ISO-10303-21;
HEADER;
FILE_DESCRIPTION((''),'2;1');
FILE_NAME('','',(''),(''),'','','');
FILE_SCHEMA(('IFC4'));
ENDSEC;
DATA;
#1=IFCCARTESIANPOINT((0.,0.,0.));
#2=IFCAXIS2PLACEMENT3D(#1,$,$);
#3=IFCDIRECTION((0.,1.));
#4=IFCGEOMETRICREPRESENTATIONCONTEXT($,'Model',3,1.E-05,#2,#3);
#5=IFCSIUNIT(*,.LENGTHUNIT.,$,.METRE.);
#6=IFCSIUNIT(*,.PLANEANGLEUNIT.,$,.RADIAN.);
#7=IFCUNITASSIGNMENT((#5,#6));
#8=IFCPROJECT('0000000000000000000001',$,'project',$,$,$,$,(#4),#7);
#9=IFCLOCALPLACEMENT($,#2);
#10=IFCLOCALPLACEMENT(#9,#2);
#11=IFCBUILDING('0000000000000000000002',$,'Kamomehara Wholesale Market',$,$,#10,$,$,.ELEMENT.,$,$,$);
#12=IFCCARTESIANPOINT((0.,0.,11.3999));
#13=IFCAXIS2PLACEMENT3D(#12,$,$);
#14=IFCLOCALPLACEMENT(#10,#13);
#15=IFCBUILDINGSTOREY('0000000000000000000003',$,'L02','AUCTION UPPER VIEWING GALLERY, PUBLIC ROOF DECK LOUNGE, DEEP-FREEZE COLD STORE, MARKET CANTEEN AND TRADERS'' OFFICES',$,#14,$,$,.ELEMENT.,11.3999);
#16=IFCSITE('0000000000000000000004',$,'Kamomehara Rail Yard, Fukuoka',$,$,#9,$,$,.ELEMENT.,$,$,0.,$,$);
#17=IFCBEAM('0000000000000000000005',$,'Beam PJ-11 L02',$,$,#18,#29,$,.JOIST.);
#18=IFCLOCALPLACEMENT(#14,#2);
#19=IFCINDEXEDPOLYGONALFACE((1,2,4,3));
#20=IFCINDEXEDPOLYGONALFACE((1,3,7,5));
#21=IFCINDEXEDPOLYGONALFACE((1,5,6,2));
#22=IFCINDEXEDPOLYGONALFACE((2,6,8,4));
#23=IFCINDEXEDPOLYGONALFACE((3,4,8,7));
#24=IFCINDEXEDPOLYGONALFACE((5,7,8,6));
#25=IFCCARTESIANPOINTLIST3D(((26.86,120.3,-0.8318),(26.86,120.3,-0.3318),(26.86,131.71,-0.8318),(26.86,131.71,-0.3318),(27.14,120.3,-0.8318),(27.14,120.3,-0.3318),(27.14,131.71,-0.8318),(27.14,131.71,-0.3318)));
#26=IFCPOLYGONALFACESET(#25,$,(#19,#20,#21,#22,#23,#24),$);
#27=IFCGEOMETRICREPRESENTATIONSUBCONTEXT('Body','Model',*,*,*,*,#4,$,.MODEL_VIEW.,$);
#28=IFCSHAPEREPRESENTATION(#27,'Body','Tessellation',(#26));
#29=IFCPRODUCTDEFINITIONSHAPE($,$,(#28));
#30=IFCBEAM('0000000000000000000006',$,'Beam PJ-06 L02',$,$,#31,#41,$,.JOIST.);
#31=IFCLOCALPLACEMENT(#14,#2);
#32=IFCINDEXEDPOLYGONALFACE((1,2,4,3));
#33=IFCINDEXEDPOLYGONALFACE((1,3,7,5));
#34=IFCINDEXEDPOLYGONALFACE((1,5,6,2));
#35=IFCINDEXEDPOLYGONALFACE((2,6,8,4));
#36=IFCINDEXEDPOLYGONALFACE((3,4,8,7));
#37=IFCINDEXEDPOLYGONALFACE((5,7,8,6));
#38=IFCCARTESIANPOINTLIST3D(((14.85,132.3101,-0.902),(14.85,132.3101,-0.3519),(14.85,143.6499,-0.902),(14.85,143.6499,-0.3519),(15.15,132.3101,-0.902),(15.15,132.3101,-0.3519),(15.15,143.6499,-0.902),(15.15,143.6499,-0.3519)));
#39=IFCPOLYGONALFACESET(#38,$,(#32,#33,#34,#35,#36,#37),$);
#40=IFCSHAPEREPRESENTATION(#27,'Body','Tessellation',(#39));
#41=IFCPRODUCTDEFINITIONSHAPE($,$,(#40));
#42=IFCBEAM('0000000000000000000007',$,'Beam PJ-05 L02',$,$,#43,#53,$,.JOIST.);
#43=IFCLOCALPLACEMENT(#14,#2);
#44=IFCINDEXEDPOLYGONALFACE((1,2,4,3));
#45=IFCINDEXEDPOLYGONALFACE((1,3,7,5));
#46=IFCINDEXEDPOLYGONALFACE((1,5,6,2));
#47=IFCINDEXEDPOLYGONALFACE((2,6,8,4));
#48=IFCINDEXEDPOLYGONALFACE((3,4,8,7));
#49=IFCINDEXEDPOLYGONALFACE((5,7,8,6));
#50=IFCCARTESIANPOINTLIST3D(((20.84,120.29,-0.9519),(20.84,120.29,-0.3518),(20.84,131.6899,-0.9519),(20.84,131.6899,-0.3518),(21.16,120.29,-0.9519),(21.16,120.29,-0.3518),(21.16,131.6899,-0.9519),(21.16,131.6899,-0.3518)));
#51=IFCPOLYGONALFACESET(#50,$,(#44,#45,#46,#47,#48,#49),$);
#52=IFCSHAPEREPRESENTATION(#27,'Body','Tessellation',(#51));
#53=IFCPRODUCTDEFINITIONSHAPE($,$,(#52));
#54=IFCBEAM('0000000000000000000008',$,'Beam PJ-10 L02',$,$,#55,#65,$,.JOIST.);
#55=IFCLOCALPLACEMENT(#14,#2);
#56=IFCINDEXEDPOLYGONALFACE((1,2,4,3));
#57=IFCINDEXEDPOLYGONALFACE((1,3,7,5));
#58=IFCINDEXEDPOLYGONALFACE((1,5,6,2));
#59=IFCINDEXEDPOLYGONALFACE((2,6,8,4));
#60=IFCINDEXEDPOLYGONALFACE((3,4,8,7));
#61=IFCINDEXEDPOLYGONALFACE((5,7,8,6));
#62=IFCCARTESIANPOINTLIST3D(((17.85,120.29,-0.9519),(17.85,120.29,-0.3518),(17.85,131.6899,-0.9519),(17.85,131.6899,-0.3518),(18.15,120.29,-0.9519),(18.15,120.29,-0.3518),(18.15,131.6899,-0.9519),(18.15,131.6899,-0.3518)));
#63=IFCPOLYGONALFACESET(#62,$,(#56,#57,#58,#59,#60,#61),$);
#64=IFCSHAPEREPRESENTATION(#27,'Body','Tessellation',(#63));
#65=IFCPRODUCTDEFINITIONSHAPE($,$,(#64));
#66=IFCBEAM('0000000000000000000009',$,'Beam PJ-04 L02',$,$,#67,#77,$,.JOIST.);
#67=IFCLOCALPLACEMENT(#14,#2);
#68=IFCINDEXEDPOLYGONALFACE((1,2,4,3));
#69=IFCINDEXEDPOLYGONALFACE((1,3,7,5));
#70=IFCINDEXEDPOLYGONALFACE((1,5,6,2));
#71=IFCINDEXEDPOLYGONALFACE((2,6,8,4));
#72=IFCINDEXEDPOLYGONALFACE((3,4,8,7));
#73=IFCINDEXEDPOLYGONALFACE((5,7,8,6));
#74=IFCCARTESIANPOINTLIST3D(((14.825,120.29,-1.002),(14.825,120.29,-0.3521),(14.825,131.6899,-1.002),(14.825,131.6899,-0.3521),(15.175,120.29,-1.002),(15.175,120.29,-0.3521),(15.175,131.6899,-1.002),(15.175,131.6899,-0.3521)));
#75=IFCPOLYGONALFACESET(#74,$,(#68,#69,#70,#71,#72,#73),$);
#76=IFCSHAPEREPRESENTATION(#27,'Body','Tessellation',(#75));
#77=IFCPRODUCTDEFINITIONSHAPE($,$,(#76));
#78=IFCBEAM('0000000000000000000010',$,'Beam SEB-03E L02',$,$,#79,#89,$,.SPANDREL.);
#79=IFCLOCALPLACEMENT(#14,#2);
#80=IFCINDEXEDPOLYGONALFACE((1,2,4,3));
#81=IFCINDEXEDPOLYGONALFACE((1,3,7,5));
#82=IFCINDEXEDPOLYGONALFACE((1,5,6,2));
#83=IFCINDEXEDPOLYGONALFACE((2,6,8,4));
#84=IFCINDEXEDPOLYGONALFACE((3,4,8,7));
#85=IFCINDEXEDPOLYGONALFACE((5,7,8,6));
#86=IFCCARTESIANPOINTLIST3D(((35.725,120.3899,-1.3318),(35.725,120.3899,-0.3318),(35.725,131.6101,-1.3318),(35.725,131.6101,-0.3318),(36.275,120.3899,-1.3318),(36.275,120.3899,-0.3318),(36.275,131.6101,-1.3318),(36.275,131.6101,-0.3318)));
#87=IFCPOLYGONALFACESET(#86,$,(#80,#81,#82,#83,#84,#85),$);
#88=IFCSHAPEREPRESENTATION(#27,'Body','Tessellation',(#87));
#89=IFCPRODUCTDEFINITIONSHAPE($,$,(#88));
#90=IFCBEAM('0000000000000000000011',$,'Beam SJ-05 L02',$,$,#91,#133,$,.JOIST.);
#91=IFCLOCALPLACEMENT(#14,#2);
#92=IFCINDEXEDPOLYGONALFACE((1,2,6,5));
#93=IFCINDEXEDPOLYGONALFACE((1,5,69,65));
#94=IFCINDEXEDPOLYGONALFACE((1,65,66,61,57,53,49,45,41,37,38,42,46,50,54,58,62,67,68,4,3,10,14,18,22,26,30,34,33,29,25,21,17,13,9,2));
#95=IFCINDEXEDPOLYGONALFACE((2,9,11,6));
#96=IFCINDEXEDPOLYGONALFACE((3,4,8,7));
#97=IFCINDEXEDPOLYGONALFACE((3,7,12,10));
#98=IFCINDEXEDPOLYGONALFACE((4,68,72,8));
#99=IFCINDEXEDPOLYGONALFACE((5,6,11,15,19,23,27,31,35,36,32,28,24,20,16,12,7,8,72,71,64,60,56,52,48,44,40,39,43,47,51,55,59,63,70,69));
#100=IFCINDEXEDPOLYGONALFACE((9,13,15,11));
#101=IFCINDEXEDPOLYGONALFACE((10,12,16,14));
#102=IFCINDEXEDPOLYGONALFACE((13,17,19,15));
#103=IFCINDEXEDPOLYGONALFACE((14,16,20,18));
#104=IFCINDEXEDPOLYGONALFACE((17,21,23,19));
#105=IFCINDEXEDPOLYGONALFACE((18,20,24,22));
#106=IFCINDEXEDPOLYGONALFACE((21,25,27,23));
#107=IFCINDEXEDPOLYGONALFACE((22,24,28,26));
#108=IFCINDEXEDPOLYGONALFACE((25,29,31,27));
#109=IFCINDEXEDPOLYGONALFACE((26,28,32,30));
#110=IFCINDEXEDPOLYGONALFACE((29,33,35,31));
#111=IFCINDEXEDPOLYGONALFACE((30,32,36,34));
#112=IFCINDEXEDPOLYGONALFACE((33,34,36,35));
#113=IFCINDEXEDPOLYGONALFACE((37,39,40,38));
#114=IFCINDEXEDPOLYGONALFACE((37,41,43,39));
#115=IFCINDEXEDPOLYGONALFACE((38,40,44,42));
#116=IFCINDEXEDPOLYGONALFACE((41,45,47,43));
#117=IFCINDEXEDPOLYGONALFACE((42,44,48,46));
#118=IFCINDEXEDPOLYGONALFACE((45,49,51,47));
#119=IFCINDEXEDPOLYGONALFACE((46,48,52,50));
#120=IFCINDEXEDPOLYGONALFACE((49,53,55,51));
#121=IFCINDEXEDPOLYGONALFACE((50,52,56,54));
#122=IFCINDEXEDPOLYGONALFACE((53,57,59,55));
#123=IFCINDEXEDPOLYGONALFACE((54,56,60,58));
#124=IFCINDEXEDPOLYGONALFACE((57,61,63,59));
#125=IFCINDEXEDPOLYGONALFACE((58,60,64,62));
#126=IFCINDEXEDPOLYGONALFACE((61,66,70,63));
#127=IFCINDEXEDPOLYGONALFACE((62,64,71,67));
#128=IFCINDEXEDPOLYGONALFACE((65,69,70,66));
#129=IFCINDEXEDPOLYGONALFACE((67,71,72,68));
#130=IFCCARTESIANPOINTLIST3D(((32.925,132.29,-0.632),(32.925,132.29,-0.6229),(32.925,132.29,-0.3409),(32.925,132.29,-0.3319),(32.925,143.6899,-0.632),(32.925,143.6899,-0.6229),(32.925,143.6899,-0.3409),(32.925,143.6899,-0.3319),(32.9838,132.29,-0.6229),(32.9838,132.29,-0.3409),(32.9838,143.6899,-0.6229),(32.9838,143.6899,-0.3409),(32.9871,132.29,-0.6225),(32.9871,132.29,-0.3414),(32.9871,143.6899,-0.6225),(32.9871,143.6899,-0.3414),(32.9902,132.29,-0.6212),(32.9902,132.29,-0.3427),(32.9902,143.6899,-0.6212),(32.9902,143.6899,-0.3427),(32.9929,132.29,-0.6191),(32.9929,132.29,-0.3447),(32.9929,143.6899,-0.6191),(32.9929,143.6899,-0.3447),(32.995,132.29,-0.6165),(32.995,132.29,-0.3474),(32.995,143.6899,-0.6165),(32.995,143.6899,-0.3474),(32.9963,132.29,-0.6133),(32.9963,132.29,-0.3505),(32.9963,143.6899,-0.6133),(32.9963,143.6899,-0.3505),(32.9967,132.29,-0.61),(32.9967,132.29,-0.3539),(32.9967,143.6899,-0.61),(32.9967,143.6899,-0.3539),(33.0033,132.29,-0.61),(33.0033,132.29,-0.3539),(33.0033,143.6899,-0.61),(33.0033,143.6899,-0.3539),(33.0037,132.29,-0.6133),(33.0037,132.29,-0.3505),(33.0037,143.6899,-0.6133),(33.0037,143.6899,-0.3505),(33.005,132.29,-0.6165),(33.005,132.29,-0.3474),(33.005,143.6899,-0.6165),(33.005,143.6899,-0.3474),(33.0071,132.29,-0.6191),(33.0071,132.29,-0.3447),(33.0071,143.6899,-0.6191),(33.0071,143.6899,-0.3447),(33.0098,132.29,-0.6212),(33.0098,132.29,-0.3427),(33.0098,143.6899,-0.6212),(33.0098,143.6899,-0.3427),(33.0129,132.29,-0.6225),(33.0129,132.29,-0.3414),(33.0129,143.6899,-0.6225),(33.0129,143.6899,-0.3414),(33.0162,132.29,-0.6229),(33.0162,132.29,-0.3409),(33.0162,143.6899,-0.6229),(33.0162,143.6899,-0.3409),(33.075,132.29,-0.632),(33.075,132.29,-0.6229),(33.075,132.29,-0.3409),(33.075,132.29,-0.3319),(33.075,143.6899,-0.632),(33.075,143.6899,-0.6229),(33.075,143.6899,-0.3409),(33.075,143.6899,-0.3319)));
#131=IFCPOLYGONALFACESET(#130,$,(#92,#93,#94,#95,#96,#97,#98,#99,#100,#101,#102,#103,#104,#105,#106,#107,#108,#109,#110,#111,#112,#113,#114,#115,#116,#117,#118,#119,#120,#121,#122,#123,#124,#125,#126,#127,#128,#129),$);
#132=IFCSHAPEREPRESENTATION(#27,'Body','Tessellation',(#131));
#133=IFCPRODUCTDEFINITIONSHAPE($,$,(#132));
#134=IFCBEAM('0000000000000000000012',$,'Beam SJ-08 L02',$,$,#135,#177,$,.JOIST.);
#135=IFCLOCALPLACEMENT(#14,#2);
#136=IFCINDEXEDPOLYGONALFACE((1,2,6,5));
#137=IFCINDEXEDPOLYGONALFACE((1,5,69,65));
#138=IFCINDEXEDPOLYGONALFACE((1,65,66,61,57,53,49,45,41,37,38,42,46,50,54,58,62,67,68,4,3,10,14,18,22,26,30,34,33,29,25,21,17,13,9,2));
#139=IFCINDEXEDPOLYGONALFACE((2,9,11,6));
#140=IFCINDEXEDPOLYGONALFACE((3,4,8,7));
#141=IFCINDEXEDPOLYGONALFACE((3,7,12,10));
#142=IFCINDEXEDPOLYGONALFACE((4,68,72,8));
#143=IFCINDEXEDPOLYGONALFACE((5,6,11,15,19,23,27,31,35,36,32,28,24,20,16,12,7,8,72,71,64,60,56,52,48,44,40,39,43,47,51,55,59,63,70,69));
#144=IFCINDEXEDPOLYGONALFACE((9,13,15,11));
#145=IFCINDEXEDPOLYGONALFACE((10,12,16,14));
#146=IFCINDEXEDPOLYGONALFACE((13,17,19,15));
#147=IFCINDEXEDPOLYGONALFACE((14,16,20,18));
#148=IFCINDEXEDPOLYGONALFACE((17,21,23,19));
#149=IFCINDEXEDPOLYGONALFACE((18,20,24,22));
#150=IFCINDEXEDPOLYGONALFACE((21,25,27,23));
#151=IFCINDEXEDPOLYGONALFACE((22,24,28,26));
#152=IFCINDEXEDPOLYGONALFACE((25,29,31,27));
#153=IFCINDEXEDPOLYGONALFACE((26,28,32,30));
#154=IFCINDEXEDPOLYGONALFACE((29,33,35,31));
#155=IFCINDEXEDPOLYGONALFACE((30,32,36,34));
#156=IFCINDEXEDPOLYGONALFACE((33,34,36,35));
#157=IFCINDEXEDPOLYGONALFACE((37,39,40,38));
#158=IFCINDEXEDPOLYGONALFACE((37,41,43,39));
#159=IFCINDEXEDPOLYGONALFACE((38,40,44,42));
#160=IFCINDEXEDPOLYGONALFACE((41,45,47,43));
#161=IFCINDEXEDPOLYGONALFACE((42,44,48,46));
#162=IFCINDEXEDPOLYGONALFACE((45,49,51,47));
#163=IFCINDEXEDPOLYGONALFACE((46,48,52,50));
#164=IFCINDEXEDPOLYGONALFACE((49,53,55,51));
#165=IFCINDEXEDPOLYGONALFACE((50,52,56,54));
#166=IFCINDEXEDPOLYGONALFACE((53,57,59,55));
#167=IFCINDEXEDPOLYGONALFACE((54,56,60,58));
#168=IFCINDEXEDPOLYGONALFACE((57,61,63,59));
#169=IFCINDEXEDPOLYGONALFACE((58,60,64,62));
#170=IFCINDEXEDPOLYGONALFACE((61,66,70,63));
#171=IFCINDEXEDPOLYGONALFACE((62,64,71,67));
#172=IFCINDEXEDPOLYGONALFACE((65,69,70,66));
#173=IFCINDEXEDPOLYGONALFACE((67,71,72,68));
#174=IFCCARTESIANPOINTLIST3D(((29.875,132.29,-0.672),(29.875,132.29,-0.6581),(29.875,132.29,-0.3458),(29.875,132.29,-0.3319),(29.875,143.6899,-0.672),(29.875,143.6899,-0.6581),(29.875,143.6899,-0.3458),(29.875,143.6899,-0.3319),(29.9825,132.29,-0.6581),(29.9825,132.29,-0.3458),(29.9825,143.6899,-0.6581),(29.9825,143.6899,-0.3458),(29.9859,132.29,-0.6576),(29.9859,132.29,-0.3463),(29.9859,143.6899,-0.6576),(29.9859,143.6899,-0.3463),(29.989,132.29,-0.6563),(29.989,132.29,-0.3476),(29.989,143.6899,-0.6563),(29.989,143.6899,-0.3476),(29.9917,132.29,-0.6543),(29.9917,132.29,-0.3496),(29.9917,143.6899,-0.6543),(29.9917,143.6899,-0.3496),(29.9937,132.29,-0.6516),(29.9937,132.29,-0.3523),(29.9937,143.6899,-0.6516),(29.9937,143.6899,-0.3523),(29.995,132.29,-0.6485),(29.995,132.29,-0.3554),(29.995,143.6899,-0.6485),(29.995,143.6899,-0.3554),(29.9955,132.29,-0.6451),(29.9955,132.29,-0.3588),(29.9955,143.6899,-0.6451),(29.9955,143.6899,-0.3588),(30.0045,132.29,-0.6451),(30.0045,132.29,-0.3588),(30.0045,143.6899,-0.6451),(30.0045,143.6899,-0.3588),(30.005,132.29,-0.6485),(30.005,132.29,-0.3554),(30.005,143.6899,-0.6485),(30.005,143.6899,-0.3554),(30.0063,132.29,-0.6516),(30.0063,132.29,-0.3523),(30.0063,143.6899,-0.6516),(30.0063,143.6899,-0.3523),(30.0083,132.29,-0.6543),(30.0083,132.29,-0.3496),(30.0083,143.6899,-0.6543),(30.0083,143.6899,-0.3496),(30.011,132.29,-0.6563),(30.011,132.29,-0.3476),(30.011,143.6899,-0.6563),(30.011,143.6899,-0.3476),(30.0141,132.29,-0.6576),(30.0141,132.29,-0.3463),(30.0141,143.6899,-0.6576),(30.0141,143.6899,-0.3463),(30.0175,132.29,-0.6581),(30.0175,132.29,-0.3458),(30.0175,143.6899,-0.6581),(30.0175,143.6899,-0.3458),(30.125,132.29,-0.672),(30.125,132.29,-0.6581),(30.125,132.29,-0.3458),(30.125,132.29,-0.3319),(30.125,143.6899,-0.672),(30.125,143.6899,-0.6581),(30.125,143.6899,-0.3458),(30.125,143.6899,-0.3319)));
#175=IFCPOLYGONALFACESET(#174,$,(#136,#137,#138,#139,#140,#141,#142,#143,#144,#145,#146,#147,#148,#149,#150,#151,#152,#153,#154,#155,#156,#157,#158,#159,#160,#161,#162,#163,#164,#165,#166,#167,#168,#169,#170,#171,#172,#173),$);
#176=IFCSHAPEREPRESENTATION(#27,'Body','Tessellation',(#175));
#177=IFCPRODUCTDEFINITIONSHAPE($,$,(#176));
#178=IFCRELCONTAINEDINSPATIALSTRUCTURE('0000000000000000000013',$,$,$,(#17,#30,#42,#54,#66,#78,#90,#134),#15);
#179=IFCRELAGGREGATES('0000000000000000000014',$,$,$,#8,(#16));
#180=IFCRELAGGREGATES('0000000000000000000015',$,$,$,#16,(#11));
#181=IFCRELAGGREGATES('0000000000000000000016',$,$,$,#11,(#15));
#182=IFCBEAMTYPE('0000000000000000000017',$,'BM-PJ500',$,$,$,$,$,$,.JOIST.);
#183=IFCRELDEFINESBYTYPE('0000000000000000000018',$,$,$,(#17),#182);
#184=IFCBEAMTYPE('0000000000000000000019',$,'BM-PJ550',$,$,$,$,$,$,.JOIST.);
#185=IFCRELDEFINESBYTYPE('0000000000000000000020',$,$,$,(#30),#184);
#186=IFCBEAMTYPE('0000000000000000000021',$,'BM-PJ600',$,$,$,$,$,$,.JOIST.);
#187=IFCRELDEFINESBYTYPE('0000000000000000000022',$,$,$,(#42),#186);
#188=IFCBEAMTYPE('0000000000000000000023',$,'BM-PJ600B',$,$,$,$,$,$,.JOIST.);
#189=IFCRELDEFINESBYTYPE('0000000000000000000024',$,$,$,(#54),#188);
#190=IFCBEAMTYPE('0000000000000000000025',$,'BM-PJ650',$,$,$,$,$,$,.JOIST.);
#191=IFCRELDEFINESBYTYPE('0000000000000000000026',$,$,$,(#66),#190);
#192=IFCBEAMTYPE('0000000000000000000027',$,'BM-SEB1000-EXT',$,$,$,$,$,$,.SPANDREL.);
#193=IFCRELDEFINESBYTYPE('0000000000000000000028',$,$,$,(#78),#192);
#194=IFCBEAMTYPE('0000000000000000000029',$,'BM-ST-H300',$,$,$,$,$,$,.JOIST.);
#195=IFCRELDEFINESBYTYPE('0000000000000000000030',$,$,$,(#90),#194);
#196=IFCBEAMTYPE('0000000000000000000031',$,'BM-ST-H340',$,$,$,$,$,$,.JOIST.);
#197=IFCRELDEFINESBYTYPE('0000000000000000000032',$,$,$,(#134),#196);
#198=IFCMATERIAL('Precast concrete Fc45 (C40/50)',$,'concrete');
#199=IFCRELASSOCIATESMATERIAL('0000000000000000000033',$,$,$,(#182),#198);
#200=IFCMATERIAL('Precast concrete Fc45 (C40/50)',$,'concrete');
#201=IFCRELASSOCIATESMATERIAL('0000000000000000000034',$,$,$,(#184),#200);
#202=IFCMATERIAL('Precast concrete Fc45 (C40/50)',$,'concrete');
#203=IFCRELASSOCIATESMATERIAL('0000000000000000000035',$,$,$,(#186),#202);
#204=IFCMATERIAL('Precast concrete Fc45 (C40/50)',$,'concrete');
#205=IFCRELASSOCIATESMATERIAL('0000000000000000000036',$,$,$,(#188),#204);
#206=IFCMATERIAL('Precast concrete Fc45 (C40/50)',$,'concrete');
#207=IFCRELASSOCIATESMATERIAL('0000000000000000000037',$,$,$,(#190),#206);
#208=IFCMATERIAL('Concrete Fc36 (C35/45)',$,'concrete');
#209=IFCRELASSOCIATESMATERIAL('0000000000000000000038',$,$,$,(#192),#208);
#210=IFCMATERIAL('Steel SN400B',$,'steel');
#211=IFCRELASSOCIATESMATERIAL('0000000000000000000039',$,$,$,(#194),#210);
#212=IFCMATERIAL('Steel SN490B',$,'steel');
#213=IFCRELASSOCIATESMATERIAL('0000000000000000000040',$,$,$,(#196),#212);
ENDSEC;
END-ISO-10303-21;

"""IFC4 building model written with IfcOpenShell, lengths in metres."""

from ifc_helpers import new_model, si_unit, direction, frame, origin, origin_2d, place, context, subcontext, project, spatial, rectangle, i_section, extrude, material, material_profile, profile_set, type_object, element, save


model = new_model("IFC4")

# Units and contexts
model_context = context("Model", 3, precision=1e-05, world=origin(), true_north=direction((0.0, 1.0)))
body_context = subcontext(model_context, "Body", "Model", "MODEL_VIEW")
ifc_project = project(units=[si_unit("LENGTHUNIT", "METRE"), si_unit("PLANEANGLEUNIT", "RADIAN")], contexts=[model_context])

# Site, building, storey
site_placement = place(None, origin())
site = spatial("IfcSite", under=ifc_project, at=site_placement, Name="Kamomehara Rail Yard, Fukuoka", CompositionType="ELEMENT", RefElevation=0.0)
building_placement = place(site_placement, origin())
building = spatial("IfcBuilding", under=site, at=building_placement, Name="Kamomehara Wholesale Market", CompositionType="ELEMENT")
storey_placement = place(building_placement, frame((0.0, 0.0, 11.3999)))
storey = spatial("IfcBuildingStorey", under=building, at=storey_placement, Name="L02", Description="AUCTION UPPER VIEWING GALLERY, PUBLIC ROOF DECK LOUNGE, DEEP-FREEZE COLD STORE, MARKET CANTEEN AND TRADERS' OFFICES", CompositionType="ELEMENT", Elevation=11.3999)

# Beams
ifc_material_1 = material(Name="Precast concrete Fc45 (C40/50)", Category="concrete")
ifc_material_profile_1 = material_profile(ifc_material_1, rectangle(XDim=0.28, YDim=0.5, at=origin_2d()), Name="PC-JST-280x500")
ifc_profile_set_1 = profile_set([ifc_material_profile_1], Name="Precast concrete Fc45 (C40/50)")
beam_type_1 = type_object("IfcBeamType", Name="BM-PJ500", PredefinedType="JOIST", material=ifc_profile_set_1)
beam_1_placement = place(storey_placement, frame((27.0, 120.3, -0.5818), z_axis=(0.0, 1.0, 0.0), x_axis=(-1.0, 0.0, 0.0)))
element("IfcBeam", 1, at=beam_1_placement, inside=storey, type_object=beam_type_1, Name="Beam PJ-11 L02", PredefinedType="JOIST", context=body_context, shape_type="SweptSolid", body=[
    extrude(rectangle(XDim=0.28, YDim=0.5, at=origin_2d()), origin(), (0.0, 0.0, 1.0), 11.4099),
])
ifc_material_2 = material(Name="Precast concrete Fc45 (C40/50)", Category="concrete")
ifc_material_profile_2 = material_profile(ifc_material_2, rectangle(XDim=0.3, YDim=0.55, at=origin_2d()), Name="PC-JST-300x550")
ifc_profile_set_2 = profile_set([ifc_material_profile_2], Name="Precast concrete Fc45 (C40/50)")
beam_type_2 = type_object("IfcBeamType", Name="BM-PJ550", PredefinedType="JOIST", material=ifc_profile_set_2)
beam_2_placement = place(storey_placement, frame((15.0, 132.3101, -0.627), z_axis=(0.0, 1.0, 0.0), x_axis=(-1.0, 0.0, 0.0)))
element("IfcBeam", 2, at=beam_2_placement, inside=storey, type_object=beam_type_2, Name="Beam PJ-06 L02", PredefinedType="JOIST", context=body_context, shape_type="SweptSolid", body=[
    extrude(rectangle(XDim=0.3, YDim=0.55, at=origin_2d()), origin(), (0.0, 0.0, 1.0), 11.3398),
])
ifc_material_3 = material(Name="Precast concrete Fc45 (C40/50)", Category="concrete")
ifc_material_profile_3 = material_profile(ifc_material_3, rectangle(XDim=0.3201, YDim=0.6001, at=origin_2d()), Name="PC-JST-320x600")
ifc_profile_set_3 = profile_set([ifc_material_profile_3], Name="Precast concrete Fc45 (C40/50)")
beam_type_3 = type_object("IfcBeamType", Name="BM-PJ600", PredefinedType="JOIST", material=ifc_profile_set_3)
beam_3_placement = place(storey_placement, frame((21.0, 120.29, -0.6519), z_axis=(0.0, 1.0, 0.0), x_axis=(-1.0, 0.0, 0.0)))
element("IfcBeam", 3, at=beam_3_placement, inside=storey, type_object=beam_type_3, Name="Beam PJ-05 L02", PredefinedType="JOIST", context=body_context, shape_type="SweptSolid", body=[
    extrude(rectangle(XDim=0.3201, YDim=0.6001, at=origin_2d()), origin(), (0.0, 0.0, 1.0), 11.3999),
])
ifc_material_4 = material(Name="Precast concrete Fc45 (C40/50)", Category="concrete")
ifc_material_profile_4 = material_profile(ifc_material_4, rectangle(XDim=0.3, YDim=0.6001, at=origin_2d()), Name="PC-JST-300x600")
ifc_profile_set_4 = profile_set([ifc_material_profile_4], Name="Precast concrete Fc45 (C40/50)")
beam_type_4 = type_object("IfcBeamType", Name="BM-PJ600B", PredefinedType="JOIST", material=ifc_profile_set_4)
beam_4_placement = place(storey_placement, frame((18.0, 120.29, -0.6519), z_axis=(0.0, 1.0, 0.0), x_axis=(-1.0, 0.0, 0.0)))
element("IfcBeam", 4, at=beam_4_placement, inside=storey, type_object=beam_type_4, Name="Beam PJ-10 L02", PredefinedType="JOIST", context=body_context, shape_type="SweptSolid", body=[
    extrude(rectangle(XDim=0.3, YDim=0.6001, at=origin_2d()), origin(), (0.0, 0.0, 1.0), 11.3999),
])
ifc_material_5 = material(Name="Precast concrete Fc45 (C40/50)", Category="concrete")
ifc_material_profile_5 = material_profile(ifc_material_5, rectangle(XDim=0.3501, YDim=0.6499, at=origin_2d()), Name="PC-JST-350x650")
ifc_profile_set_5 = profile_set([ifc_material_profile_5], Name="Precast concrete Fc45 (C40/50)")
beam_type_5 = type_object("IfcBeamType", Name="BM-PJ650", PredefinedType="JOIST", material=ifc_profile_set_5)
beam_5_placement = place(storey_placement, frame((15.0, 120.29, -0.677), z_axis=(0.0, 1.0, 0.0), x_axis=(-1.0, 0.0, 0.0)))
element("IfcBeam", 5, at=beam_5_placement, inside=storey, type_object=beam_type_5, Name="Beam PJ-04 L02", PredefinedType="JOIST", context=body_context, shape_type="SweptSolid", body=[
    extrude(rectangle(XDim=0.3501, YDim=0.6499, at=origin_2d()), origin(), (0.0, 0.0, 1.0), 11.3999),
])
ifc_material_6 = material(Name="Concrete Fc36 (C35/45)", Category="concrete")
ifc_material_profile_6 = material_profile(ifc_material_6, rectangle(XDim=0.55, YDim=1.0, at=origin_2d()), Name="RC-SEB-550x1000")
ifc_profile_set_6 = profile_set([ifc_material_profile_6], Name="Concrete Fc36 (C35/45)")
beam_type_6 = type_object("IfcBeamType", Name="BM-SEB1000-EXT", PredefinedType="SPANDREL", material=ifc_profile_set_6)
beam_6_placement = place(storey_placement, frame((36.0, 120.3899, -0.8318), z_axis=(0.0, 1.0, 0.0), x_axis=(-1.0, 0.0, 0.0)))
element("IfcBeam", 6, at=beam_6_placement, inside=storey, type_object=beam_type_6, Name="Beam SEB-03E L02", PredefinedType="SPANDREL", context=body_context, shape_type="SweptSolid", body=[
    extrude(rectangle(XDim=0.55, YDim=1.0, at=origin_2d()), origin(), (0.0, 0.0, 1.0), 11.2202),
])
ifc_material_7 = material(Name="Steel SN400B", Category="steel")
ifc_material_profile_7 = material_profile(ifc_material_7, i_section(OverallWidth=0.1499, OverallDepth=0.3, WebThickness=0.0066, FlangeThickness=0.009, FilletRadius=0.0129, at=origin_2d()), Name="H-300x150x6.5x9")
ifc_profile_set_7 = profile_set([ifc_material_profile_7], Name="Steel SN400B")
beam_type_7 = type_object("IfcBeamType", Name="BM-ST-H300", PredefinedType="JOIST", material=ifc_profile_set_7)
beam_7_placement = place(storey_placement, frame((33.0, 132.29, -0.4819), z_axis=(0.0, 1.0, 0.0), x_axis=(-1.0, 0.0, 0.0)))
element("IfcBeam", 7, at=beam_7_placement, inside=storey, type_object=beam_type_7, Name="Beam SJ-05 L02", PredefinedType="JOIST", context=body_context, shape_type="SweptSolid", body=[
    extrude(i_section(OverallWidth=0.1499, OverallDepth=0.3, WebThickness=0.0066, FlangeThickness=0.009, FilletRadius=0.0129, at=origin_2d()), origin(), (0.0, 0.0, 1.0), 11.3999),
])
ifc_material_8 = material(Name="Steel SN490B", Category="steel")
ifc_material_profile_8 = material_profile(ifc_material_8, i_section(OverallWidth=0.25, OverallDepth=0.3401, WebThickness=0.009, FlangeThickness=0.0139, FilletRadius=0.0129, at=origin_2d()), Name="H-340x250x9x14")
ifc_profile_set_8 = profile_set([ifc_material_profile_8], Name="Steel SN490B")
beam_type_8 = type_object("IfcBeamType", Name="BM-ST-H340", PredefinedType="JOIST", material=ifc_profile_set_8)
beam_8_placement = place(storey_placement, frame((30.0, 132.29, -0.502), z_axis=(0.0, 1.0, 0.0), x_axis=(-1.0, 0.0, 0.0)))
element("IfcBeam", 8, at=beam_8_placement, inside=storey, type_object=beam_type_8, Name="Beam SJ-08 L02", PredefinedType="JOIST", context=body_context, shape_type="SweptSolid", body=[
    extrude(i_section(OverallWidth=0.25, OverallDepth=0.3401, WebThickness=0.009, FlangeThickness=0.0139, FilletRadius=0.0129, at=origin_2d()), origin(), (0.0, 0.0, 1.0), 11.3999),
])

save(model, "model.ifc")
